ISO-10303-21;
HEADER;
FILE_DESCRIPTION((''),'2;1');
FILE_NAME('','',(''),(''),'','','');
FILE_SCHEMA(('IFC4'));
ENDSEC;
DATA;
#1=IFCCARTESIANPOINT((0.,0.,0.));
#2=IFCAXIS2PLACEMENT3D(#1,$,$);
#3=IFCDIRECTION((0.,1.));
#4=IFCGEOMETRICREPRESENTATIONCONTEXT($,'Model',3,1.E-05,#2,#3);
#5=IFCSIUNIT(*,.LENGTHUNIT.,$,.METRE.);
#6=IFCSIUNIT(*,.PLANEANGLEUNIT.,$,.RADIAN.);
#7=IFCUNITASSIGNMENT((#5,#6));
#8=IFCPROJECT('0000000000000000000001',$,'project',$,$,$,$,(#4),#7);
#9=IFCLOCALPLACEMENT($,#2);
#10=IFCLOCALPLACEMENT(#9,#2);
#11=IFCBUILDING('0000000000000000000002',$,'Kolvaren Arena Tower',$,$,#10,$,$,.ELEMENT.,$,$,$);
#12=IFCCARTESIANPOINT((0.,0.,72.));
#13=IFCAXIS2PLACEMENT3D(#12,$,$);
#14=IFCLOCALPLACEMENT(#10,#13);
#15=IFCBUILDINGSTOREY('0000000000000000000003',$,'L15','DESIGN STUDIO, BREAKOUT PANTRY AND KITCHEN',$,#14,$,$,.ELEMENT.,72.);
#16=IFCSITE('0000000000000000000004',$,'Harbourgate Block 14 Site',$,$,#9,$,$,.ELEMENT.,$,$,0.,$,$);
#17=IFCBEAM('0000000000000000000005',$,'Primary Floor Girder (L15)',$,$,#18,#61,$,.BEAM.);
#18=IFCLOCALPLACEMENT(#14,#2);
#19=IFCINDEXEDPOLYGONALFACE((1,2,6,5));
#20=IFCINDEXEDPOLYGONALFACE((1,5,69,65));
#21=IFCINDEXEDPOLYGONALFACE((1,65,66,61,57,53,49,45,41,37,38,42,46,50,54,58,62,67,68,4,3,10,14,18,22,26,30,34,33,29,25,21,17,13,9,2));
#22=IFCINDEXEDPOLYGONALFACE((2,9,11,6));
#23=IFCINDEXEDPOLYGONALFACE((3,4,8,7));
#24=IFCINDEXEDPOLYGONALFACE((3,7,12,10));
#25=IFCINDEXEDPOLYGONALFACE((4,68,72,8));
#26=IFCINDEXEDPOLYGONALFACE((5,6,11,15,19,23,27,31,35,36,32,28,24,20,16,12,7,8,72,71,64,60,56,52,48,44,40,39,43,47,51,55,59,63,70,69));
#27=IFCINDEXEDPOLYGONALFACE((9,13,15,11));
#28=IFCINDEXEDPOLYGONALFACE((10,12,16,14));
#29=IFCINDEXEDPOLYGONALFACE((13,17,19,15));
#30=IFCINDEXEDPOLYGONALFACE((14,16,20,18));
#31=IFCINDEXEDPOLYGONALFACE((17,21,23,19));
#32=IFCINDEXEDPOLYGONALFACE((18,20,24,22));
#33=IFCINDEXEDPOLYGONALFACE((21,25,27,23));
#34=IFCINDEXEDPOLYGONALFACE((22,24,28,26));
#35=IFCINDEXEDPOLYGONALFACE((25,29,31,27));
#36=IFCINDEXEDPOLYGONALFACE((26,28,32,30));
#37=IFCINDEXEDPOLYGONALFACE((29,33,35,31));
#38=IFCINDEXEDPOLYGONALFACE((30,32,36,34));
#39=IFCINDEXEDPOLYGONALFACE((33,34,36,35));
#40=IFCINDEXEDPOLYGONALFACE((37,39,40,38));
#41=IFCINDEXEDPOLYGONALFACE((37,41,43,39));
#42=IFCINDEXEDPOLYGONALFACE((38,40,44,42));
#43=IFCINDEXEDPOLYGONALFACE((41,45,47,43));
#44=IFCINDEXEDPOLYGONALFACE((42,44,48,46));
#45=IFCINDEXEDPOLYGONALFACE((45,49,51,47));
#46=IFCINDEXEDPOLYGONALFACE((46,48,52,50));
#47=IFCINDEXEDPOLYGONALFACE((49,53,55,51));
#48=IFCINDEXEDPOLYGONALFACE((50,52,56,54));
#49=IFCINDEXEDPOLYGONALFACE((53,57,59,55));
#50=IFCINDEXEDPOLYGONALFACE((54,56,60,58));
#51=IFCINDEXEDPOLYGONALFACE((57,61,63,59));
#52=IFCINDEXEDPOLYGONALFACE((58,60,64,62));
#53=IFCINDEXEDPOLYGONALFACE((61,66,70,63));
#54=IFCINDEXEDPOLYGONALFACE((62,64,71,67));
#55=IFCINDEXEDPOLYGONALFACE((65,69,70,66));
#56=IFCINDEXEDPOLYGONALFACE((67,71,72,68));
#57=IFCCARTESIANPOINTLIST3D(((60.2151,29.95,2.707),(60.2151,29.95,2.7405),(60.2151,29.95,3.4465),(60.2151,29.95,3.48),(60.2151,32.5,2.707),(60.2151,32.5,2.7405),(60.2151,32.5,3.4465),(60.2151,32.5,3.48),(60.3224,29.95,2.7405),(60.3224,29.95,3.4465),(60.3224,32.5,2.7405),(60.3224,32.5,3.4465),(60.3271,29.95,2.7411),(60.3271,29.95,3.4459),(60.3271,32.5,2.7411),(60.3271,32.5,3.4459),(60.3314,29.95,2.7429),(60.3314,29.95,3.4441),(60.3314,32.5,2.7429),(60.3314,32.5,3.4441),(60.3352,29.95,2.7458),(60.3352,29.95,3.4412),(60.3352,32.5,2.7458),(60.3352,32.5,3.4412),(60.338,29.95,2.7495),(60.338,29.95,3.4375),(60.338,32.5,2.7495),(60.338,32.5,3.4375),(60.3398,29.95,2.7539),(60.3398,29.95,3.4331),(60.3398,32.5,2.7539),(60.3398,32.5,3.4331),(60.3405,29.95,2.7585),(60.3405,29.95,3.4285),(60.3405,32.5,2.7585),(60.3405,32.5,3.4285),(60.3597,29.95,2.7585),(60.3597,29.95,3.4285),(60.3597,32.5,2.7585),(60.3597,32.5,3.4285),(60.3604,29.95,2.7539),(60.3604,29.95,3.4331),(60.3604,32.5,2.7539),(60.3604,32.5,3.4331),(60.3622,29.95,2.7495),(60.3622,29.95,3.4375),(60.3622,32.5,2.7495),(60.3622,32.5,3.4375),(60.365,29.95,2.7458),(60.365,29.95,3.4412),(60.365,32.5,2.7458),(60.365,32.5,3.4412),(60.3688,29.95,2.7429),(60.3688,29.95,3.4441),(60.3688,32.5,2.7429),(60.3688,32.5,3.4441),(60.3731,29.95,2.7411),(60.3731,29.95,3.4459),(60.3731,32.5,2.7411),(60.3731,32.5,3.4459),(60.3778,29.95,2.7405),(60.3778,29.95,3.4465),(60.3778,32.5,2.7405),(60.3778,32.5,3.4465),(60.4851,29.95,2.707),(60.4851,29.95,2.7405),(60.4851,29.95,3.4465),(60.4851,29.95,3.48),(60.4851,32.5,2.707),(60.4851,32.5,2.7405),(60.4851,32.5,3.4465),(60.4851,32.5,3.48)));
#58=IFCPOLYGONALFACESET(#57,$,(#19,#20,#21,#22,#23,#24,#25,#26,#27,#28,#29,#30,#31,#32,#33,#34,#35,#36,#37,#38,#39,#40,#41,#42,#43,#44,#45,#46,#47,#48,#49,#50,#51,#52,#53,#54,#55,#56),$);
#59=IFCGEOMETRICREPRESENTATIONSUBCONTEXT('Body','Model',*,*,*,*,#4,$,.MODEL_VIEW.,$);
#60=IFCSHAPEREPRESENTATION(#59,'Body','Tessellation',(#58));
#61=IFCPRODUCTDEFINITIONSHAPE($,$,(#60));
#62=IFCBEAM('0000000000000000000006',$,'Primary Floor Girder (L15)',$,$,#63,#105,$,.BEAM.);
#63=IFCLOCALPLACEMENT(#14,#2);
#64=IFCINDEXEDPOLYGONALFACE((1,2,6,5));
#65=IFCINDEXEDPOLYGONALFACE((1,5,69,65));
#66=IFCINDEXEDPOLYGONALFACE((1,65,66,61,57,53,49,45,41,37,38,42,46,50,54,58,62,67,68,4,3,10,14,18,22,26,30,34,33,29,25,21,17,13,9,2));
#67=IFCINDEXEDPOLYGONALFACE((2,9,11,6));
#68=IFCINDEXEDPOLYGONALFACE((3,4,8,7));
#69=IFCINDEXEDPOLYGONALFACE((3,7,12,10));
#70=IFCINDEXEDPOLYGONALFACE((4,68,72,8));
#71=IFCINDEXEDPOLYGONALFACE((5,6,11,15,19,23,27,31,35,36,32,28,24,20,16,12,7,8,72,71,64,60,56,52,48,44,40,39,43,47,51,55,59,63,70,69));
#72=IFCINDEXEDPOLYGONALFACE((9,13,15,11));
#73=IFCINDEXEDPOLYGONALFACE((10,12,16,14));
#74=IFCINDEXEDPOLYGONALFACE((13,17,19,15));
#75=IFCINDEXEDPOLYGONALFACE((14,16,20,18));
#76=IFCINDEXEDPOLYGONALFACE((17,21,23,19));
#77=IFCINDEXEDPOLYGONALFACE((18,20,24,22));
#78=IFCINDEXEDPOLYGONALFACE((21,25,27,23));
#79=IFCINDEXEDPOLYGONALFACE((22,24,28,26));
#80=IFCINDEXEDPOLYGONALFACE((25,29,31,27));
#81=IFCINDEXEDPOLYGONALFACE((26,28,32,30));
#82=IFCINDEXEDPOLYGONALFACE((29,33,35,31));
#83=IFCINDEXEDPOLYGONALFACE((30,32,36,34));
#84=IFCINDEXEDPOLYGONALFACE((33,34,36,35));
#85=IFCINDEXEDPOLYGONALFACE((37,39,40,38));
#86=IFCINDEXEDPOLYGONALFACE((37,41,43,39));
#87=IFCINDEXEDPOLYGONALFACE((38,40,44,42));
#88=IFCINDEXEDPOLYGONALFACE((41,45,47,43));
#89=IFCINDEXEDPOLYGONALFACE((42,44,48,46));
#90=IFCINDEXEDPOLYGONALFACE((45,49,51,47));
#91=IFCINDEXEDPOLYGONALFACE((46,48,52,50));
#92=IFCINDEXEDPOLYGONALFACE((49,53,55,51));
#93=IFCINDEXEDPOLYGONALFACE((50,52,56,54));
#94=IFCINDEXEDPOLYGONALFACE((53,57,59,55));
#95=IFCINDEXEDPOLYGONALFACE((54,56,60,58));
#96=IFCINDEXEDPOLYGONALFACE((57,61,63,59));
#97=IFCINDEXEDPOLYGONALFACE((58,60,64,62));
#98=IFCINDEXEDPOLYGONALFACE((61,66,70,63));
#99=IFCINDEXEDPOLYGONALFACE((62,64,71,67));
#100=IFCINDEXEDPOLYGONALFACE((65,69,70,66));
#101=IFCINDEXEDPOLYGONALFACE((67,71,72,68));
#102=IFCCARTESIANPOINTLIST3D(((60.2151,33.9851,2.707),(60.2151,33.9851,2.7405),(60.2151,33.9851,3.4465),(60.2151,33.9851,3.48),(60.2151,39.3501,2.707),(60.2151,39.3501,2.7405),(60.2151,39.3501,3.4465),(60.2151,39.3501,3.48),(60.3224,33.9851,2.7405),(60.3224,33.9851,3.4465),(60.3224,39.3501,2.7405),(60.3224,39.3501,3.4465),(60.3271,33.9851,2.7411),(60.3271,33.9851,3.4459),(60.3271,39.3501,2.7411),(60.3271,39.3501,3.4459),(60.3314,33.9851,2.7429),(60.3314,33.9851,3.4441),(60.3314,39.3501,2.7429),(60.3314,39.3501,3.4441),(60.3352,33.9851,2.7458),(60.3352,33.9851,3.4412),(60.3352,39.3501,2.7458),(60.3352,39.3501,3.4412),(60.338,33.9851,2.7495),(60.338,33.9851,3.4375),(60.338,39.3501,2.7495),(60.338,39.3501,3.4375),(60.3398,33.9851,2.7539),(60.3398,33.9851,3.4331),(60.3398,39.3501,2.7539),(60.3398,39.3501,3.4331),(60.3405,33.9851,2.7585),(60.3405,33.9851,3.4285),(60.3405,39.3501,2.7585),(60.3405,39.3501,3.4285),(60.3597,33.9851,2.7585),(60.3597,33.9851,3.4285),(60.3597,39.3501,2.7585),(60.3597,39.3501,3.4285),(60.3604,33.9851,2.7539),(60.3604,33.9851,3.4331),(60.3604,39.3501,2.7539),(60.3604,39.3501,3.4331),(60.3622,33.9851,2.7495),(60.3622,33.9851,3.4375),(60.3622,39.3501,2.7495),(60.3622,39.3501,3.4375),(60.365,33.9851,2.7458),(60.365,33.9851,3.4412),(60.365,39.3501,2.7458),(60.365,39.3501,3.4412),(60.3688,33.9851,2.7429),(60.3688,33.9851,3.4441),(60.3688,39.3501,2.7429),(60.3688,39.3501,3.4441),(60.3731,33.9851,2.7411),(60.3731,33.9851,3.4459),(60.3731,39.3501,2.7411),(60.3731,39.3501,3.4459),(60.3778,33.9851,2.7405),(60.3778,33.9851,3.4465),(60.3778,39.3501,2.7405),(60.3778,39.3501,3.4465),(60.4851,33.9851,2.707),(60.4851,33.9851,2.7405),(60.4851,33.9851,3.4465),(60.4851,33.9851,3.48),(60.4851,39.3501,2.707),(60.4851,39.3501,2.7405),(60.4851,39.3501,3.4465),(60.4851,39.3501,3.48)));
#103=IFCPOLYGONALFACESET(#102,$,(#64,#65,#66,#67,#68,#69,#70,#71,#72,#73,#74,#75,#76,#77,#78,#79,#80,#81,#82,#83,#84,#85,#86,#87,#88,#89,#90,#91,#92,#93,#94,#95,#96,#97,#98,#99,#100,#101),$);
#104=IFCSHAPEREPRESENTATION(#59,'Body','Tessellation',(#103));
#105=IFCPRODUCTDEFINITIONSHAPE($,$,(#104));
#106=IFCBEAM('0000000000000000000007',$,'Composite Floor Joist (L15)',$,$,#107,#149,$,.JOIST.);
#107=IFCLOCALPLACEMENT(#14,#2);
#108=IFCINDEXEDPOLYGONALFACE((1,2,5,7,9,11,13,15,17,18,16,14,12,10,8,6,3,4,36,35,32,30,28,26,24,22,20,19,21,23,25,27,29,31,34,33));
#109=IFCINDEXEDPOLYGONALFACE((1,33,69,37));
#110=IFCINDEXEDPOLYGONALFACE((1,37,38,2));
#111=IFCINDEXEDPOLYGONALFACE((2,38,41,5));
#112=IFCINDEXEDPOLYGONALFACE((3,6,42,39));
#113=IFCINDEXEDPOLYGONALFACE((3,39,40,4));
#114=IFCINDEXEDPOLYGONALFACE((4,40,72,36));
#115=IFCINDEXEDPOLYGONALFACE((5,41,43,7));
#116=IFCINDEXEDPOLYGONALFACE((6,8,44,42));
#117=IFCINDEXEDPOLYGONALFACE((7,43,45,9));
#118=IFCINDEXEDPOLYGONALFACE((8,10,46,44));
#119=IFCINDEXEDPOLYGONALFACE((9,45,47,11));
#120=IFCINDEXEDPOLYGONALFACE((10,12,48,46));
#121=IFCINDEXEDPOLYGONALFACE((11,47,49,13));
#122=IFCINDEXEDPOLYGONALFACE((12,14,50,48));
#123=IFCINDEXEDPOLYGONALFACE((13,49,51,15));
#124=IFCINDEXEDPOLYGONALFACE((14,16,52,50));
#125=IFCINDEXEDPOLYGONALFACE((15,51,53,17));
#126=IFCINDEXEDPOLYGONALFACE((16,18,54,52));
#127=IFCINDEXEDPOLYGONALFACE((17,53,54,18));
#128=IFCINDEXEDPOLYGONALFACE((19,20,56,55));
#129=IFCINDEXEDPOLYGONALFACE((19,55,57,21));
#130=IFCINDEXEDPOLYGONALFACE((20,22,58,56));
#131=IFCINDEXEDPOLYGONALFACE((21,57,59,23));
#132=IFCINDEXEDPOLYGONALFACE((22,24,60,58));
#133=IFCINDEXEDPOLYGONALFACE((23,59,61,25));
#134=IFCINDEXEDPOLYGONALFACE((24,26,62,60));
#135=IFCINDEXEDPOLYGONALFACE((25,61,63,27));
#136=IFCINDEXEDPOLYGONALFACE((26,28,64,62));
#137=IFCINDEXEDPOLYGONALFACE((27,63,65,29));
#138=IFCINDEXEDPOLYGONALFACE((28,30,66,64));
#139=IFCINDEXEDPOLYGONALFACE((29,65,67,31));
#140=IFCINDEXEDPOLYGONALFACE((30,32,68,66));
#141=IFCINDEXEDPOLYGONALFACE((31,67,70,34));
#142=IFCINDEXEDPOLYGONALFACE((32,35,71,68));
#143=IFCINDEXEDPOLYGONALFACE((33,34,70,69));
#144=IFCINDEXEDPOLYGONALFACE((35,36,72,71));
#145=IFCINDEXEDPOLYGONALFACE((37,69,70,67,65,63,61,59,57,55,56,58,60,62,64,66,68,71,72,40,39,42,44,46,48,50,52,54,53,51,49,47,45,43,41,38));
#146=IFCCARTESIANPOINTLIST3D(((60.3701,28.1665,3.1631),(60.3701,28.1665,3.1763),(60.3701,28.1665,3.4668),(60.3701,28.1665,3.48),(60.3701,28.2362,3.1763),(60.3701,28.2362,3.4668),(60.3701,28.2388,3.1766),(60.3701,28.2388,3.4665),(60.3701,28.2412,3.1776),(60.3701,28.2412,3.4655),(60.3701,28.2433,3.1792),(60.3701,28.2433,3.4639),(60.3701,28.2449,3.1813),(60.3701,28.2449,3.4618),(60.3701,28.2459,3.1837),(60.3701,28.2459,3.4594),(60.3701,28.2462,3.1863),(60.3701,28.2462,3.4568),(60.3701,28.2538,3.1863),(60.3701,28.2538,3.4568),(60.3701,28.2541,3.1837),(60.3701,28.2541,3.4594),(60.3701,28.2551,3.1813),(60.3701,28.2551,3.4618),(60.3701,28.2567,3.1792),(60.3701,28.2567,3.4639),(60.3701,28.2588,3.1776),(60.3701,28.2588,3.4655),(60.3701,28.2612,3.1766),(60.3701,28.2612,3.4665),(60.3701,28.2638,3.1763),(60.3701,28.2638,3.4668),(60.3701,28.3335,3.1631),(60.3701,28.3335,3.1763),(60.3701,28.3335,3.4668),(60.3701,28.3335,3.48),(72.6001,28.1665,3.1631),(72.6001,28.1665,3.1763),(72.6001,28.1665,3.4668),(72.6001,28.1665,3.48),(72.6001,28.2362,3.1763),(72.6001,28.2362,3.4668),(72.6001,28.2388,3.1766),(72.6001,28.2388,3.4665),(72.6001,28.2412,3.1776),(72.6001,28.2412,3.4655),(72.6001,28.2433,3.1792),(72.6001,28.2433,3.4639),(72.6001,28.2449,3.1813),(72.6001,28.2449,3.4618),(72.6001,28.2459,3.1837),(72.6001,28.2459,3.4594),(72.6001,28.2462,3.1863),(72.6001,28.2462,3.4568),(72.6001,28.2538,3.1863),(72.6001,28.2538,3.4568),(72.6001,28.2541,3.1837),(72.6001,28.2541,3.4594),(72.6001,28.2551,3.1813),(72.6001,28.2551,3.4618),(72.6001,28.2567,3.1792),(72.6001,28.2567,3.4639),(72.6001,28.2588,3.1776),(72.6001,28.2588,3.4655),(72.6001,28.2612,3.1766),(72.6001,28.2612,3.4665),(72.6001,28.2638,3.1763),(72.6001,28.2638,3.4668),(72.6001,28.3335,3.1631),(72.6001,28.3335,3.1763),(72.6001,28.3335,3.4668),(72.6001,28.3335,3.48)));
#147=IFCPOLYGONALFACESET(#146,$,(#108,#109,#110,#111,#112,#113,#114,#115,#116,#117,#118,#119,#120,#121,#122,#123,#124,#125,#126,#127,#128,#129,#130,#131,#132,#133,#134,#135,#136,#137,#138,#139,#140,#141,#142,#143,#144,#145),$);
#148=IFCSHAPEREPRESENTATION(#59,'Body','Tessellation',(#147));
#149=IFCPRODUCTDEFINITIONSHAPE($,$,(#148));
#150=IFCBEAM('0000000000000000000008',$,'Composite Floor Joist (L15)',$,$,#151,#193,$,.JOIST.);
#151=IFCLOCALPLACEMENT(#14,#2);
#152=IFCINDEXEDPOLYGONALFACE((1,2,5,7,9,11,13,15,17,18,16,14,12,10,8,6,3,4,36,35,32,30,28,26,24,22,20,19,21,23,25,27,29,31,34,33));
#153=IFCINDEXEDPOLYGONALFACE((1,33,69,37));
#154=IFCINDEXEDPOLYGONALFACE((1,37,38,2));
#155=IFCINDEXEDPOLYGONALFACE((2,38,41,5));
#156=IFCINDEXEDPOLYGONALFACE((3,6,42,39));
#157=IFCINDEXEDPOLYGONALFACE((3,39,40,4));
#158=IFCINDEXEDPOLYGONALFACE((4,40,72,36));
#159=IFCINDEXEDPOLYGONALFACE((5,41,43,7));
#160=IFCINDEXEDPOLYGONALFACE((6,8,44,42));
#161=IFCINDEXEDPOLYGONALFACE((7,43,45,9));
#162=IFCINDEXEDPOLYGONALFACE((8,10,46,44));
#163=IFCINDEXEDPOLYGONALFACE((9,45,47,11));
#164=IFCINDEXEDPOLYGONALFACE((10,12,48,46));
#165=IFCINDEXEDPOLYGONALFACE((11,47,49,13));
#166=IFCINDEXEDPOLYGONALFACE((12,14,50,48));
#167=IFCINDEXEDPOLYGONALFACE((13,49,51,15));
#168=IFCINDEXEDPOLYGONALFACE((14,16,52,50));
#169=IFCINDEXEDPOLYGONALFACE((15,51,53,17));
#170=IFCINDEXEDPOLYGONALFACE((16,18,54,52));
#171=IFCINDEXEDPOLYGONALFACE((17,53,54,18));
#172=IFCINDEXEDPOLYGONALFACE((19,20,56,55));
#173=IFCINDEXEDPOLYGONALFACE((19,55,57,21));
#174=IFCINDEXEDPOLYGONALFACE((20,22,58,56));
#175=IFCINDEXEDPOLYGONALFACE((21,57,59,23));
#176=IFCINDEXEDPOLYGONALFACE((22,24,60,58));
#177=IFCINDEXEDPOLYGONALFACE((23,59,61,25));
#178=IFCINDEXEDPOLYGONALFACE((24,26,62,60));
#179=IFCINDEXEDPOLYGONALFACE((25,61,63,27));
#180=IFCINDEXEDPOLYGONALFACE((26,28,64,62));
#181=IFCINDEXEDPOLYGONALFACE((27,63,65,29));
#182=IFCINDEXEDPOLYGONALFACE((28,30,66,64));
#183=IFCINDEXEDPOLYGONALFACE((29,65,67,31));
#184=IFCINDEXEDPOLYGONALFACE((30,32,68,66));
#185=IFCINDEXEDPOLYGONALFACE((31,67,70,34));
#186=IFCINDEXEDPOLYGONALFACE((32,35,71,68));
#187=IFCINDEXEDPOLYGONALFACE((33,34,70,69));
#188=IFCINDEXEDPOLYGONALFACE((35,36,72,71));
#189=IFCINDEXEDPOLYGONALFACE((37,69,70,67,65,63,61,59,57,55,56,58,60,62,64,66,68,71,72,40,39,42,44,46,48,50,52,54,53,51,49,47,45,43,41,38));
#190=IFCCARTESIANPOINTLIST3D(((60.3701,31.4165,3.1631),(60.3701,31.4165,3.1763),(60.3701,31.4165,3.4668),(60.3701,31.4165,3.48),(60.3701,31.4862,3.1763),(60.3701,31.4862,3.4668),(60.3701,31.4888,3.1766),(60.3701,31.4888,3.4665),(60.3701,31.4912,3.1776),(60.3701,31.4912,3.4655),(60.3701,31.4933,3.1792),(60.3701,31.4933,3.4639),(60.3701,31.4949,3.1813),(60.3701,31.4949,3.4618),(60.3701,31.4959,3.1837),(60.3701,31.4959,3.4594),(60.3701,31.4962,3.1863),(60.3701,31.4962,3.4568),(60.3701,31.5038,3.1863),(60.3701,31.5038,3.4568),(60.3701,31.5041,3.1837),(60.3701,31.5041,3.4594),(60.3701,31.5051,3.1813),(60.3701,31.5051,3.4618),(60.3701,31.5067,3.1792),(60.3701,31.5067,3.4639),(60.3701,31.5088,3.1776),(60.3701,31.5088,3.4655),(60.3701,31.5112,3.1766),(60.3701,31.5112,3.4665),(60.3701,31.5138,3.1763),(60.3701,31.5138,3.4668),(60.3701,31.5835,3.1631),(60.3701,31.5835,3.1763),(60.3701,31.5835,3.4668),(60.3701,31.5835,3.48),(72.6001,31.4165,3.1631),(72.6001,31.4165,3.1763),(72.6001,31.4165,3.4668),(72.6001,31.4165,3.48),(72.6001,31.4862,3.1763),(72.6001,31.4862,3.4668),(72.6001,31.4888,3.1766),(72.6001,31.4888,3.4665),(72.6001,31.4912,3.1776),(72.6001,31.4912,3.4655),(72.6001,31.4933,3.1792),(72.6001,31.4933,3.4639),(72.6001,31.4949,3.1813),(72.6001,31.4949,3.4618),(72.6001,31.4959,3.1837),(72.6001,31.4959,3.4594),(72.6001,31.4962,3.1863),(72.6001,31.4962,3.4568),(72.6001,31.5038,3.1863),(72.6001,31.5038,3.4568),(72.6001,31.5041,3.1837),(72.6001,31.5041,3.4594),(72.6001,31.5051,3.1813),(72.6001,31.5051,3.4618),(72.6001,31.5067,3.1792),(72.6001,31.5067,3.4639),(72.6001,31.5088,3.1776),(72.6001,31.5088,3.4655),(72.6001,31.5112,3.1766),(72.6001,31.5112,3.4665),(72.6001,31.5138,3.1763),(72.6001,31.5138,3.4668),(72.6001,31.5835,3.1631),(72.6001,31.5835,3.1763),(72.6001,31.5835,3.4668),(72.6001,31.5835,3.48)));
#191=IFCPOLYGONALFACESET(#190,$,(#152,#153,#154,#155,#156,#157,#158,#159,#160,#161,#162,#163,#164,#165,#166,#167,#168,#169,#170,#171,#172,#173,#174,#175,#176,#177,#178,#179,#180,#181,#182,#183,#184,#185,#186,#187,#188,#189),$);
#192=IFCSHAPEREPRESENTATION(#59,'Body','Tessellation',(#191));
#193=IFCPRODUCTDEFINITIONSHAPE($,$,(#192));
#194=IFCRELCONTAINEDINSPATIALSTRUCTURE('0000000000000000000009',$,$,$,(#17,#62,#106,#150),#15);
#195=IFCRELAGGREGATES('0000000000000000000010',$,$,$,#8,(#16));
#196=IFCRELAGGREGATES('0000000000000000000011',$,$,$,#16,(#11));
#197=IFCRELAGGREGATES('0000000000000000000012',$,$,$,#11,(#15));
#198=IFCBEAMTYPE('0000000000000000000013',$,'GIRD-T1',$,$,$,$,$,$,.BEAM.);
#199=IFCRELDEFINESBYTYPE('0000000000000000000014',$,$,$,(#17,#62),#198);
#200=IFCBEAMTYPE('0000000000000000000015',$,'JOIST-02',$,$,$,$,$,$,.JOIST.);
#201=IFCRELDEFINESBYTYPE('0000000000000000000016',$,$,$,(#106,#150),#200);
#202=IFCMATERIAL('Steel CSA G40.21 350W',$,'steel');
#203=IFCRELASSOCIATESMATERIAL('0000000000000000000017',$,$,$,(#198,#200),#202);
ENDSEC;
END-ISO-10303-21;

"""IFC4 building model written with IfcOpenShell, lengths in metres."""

from ifc_helpers import new_model, si_unit, direction, frame, origin, origin_2d, place, context, subcontext, project, spatial, i_section, extrude, material, material_profile, profile_set, type_object, element, save


model = new_model("IFC4")

# Units and contexts
model_context = context("Model", 3, precision=1e-05, world=origin(), true_north=direction((0.0, 1.0)))
body_context = subcontext(model_context, "Body", "Model", "MODEL_VIEW")
ifc_project = project(units=[si_unit("LENGTHUNIT", "METRE"), si_unit("PLANEANGLEUNIT", "RADIAN")], contexts=[model_context])

# Site, building, storey
site_placement = place(None, origin())
site = spatial("IfcSite", under=ifc_project, at=site_placement, Name="Harbourgate Block 14 Site", CompositionType="ELEMENT", RefElevation=0.0)
building_placement = place(site_placement, origin())
building = spatial("IfcBuilding", under=site, at=building_placement, Name="Kolvaren Arena Tower", CompositionType="ELEMENT")
storey_placement = place(building_placement, frame((0.0, 0.0, 72.0)))
storey = spatial("IfcBuildingStorey", under=building, at=storey_placement, Name="L15", Description="DESIGN STUDIO, BREAKOUT PANTRY AND KITCHEN", CompositionType="ELEMENT", Elevation=72.0)

# Beams
ifc_material_1 = material(Name="Steel CSA G40.21 350W", Category="steel")
ifc_material_profile_1 = material_profile(ifc_material_1, i_section(OverallWidth=0.27, OverallDepth=0.7729, WebThickness=0.0193, FlangeThickness=0.0334, FilletRadius=0.0181, at=origin_2d()), Name="W760x257")
ifc_profile_set_1 = profile_set([ifc_material_profile_1], Name="Steel CSA G40.21 350W")
beam_type_1 = type_object("IfcBeamType", Name="GIRD-T1", PredefinedType="BEAM", material=ifc_profile_set_1)
beam_1_placement = place(storey_placement, frame((60.3501, 29.95, 3.0935), z_axis=(0.0, 1.0, 0.0), x_axis=(-1.0, 0.0, 0.0)))
element("IfcBeam", 1, at=beam_1_placement, inside=storey, type_object=beam_type_1, Name="Primary Floor Girder (L15)", PredefinedType="BEAM", context=body_context, shape_type="SweptSolid", body=[
    extrude(i_section(OverallWidth=0.27, OverallDepth=0.7729, WebThickness=0.0193, FlangeThickness=0.0334, FilletRadius=0.0181, at=origin_2d()), origin(), (0.0, 0.0, 1.0), 2.55),
])
beam_2_placement = place(storey_placement, frame((60.3501, 33.9851, 3.0935), z_axis=(0.0, 1.0, 0.0), x_axis=(-1.0, 0.0, 0.0)))
element("IfcBeam", 2, at=beam_2_placement, inside=storey, type_object=beam_type_1, Name="Primary Floor Girder (L15)", PredefinedType="BEAM", context=body_context, shape_type="SweptSolid", body=[
    extrude(i_section(OverallWidth=0.27, OverallDepth=0.7729, WebThickness=0.0193, FlangeThickness=0.0334, FilletRadius=0.0181, at=origin_2d()), origin(), (0.0, 0.0, 1.0), 5.365),
])
ifc_material_profile_2 = material_profile(ifc_material_1, i_section(OverallWidth=0.167, OverallDepth=0.3169, WebThickness=0.0076, FlangeThickness=0.0132, FilletRadius=0.01, at=origin_2d()), Name="W310x52")
ifc_profile_set_2 = profile_set([ifc_material_profile_2], Name="Steel CSA G40.21 350W")
beam_type_2 = type_object("IfcBeamType", Name="JOIST-02", PredefinedType="JOIST", material=ifc_profile_set_2)
for number, where, z_axis, x_axis, name in (
    (3, (60.3701, 28.25, 3.3215), (1.0, 0.0, 0.0), (0.0, 1.0, 0.0), "Composite Floor Joist (L15)"),
    (4, (60.3701, 31.5, 3.3215), (1.0, 0.0, 0.0), (0.0, 1.0, 0.0), "Composite Floor Joist (L15)"),
):
    element("IfcBeam", number, at=place(storey_placement, frame(where, z_axis=z_axis, x_axis=x_axis)), inside=storey, type_object=beam_type_2, Name=name, PredefinedType="JOIST", context=body_context, shape_type="SweptSolid", body=[
        extrude(i_section(OverallWidth=0.167, OverallDepth=0.3169, WebThickness=0.0076, FlangeThickness=0.0132, FilletRadius=0.01, at=origin_2d()), origin(), (0.0, 0.0, 1.0), 12.23),
    ])

save(model, "model.ifc")
